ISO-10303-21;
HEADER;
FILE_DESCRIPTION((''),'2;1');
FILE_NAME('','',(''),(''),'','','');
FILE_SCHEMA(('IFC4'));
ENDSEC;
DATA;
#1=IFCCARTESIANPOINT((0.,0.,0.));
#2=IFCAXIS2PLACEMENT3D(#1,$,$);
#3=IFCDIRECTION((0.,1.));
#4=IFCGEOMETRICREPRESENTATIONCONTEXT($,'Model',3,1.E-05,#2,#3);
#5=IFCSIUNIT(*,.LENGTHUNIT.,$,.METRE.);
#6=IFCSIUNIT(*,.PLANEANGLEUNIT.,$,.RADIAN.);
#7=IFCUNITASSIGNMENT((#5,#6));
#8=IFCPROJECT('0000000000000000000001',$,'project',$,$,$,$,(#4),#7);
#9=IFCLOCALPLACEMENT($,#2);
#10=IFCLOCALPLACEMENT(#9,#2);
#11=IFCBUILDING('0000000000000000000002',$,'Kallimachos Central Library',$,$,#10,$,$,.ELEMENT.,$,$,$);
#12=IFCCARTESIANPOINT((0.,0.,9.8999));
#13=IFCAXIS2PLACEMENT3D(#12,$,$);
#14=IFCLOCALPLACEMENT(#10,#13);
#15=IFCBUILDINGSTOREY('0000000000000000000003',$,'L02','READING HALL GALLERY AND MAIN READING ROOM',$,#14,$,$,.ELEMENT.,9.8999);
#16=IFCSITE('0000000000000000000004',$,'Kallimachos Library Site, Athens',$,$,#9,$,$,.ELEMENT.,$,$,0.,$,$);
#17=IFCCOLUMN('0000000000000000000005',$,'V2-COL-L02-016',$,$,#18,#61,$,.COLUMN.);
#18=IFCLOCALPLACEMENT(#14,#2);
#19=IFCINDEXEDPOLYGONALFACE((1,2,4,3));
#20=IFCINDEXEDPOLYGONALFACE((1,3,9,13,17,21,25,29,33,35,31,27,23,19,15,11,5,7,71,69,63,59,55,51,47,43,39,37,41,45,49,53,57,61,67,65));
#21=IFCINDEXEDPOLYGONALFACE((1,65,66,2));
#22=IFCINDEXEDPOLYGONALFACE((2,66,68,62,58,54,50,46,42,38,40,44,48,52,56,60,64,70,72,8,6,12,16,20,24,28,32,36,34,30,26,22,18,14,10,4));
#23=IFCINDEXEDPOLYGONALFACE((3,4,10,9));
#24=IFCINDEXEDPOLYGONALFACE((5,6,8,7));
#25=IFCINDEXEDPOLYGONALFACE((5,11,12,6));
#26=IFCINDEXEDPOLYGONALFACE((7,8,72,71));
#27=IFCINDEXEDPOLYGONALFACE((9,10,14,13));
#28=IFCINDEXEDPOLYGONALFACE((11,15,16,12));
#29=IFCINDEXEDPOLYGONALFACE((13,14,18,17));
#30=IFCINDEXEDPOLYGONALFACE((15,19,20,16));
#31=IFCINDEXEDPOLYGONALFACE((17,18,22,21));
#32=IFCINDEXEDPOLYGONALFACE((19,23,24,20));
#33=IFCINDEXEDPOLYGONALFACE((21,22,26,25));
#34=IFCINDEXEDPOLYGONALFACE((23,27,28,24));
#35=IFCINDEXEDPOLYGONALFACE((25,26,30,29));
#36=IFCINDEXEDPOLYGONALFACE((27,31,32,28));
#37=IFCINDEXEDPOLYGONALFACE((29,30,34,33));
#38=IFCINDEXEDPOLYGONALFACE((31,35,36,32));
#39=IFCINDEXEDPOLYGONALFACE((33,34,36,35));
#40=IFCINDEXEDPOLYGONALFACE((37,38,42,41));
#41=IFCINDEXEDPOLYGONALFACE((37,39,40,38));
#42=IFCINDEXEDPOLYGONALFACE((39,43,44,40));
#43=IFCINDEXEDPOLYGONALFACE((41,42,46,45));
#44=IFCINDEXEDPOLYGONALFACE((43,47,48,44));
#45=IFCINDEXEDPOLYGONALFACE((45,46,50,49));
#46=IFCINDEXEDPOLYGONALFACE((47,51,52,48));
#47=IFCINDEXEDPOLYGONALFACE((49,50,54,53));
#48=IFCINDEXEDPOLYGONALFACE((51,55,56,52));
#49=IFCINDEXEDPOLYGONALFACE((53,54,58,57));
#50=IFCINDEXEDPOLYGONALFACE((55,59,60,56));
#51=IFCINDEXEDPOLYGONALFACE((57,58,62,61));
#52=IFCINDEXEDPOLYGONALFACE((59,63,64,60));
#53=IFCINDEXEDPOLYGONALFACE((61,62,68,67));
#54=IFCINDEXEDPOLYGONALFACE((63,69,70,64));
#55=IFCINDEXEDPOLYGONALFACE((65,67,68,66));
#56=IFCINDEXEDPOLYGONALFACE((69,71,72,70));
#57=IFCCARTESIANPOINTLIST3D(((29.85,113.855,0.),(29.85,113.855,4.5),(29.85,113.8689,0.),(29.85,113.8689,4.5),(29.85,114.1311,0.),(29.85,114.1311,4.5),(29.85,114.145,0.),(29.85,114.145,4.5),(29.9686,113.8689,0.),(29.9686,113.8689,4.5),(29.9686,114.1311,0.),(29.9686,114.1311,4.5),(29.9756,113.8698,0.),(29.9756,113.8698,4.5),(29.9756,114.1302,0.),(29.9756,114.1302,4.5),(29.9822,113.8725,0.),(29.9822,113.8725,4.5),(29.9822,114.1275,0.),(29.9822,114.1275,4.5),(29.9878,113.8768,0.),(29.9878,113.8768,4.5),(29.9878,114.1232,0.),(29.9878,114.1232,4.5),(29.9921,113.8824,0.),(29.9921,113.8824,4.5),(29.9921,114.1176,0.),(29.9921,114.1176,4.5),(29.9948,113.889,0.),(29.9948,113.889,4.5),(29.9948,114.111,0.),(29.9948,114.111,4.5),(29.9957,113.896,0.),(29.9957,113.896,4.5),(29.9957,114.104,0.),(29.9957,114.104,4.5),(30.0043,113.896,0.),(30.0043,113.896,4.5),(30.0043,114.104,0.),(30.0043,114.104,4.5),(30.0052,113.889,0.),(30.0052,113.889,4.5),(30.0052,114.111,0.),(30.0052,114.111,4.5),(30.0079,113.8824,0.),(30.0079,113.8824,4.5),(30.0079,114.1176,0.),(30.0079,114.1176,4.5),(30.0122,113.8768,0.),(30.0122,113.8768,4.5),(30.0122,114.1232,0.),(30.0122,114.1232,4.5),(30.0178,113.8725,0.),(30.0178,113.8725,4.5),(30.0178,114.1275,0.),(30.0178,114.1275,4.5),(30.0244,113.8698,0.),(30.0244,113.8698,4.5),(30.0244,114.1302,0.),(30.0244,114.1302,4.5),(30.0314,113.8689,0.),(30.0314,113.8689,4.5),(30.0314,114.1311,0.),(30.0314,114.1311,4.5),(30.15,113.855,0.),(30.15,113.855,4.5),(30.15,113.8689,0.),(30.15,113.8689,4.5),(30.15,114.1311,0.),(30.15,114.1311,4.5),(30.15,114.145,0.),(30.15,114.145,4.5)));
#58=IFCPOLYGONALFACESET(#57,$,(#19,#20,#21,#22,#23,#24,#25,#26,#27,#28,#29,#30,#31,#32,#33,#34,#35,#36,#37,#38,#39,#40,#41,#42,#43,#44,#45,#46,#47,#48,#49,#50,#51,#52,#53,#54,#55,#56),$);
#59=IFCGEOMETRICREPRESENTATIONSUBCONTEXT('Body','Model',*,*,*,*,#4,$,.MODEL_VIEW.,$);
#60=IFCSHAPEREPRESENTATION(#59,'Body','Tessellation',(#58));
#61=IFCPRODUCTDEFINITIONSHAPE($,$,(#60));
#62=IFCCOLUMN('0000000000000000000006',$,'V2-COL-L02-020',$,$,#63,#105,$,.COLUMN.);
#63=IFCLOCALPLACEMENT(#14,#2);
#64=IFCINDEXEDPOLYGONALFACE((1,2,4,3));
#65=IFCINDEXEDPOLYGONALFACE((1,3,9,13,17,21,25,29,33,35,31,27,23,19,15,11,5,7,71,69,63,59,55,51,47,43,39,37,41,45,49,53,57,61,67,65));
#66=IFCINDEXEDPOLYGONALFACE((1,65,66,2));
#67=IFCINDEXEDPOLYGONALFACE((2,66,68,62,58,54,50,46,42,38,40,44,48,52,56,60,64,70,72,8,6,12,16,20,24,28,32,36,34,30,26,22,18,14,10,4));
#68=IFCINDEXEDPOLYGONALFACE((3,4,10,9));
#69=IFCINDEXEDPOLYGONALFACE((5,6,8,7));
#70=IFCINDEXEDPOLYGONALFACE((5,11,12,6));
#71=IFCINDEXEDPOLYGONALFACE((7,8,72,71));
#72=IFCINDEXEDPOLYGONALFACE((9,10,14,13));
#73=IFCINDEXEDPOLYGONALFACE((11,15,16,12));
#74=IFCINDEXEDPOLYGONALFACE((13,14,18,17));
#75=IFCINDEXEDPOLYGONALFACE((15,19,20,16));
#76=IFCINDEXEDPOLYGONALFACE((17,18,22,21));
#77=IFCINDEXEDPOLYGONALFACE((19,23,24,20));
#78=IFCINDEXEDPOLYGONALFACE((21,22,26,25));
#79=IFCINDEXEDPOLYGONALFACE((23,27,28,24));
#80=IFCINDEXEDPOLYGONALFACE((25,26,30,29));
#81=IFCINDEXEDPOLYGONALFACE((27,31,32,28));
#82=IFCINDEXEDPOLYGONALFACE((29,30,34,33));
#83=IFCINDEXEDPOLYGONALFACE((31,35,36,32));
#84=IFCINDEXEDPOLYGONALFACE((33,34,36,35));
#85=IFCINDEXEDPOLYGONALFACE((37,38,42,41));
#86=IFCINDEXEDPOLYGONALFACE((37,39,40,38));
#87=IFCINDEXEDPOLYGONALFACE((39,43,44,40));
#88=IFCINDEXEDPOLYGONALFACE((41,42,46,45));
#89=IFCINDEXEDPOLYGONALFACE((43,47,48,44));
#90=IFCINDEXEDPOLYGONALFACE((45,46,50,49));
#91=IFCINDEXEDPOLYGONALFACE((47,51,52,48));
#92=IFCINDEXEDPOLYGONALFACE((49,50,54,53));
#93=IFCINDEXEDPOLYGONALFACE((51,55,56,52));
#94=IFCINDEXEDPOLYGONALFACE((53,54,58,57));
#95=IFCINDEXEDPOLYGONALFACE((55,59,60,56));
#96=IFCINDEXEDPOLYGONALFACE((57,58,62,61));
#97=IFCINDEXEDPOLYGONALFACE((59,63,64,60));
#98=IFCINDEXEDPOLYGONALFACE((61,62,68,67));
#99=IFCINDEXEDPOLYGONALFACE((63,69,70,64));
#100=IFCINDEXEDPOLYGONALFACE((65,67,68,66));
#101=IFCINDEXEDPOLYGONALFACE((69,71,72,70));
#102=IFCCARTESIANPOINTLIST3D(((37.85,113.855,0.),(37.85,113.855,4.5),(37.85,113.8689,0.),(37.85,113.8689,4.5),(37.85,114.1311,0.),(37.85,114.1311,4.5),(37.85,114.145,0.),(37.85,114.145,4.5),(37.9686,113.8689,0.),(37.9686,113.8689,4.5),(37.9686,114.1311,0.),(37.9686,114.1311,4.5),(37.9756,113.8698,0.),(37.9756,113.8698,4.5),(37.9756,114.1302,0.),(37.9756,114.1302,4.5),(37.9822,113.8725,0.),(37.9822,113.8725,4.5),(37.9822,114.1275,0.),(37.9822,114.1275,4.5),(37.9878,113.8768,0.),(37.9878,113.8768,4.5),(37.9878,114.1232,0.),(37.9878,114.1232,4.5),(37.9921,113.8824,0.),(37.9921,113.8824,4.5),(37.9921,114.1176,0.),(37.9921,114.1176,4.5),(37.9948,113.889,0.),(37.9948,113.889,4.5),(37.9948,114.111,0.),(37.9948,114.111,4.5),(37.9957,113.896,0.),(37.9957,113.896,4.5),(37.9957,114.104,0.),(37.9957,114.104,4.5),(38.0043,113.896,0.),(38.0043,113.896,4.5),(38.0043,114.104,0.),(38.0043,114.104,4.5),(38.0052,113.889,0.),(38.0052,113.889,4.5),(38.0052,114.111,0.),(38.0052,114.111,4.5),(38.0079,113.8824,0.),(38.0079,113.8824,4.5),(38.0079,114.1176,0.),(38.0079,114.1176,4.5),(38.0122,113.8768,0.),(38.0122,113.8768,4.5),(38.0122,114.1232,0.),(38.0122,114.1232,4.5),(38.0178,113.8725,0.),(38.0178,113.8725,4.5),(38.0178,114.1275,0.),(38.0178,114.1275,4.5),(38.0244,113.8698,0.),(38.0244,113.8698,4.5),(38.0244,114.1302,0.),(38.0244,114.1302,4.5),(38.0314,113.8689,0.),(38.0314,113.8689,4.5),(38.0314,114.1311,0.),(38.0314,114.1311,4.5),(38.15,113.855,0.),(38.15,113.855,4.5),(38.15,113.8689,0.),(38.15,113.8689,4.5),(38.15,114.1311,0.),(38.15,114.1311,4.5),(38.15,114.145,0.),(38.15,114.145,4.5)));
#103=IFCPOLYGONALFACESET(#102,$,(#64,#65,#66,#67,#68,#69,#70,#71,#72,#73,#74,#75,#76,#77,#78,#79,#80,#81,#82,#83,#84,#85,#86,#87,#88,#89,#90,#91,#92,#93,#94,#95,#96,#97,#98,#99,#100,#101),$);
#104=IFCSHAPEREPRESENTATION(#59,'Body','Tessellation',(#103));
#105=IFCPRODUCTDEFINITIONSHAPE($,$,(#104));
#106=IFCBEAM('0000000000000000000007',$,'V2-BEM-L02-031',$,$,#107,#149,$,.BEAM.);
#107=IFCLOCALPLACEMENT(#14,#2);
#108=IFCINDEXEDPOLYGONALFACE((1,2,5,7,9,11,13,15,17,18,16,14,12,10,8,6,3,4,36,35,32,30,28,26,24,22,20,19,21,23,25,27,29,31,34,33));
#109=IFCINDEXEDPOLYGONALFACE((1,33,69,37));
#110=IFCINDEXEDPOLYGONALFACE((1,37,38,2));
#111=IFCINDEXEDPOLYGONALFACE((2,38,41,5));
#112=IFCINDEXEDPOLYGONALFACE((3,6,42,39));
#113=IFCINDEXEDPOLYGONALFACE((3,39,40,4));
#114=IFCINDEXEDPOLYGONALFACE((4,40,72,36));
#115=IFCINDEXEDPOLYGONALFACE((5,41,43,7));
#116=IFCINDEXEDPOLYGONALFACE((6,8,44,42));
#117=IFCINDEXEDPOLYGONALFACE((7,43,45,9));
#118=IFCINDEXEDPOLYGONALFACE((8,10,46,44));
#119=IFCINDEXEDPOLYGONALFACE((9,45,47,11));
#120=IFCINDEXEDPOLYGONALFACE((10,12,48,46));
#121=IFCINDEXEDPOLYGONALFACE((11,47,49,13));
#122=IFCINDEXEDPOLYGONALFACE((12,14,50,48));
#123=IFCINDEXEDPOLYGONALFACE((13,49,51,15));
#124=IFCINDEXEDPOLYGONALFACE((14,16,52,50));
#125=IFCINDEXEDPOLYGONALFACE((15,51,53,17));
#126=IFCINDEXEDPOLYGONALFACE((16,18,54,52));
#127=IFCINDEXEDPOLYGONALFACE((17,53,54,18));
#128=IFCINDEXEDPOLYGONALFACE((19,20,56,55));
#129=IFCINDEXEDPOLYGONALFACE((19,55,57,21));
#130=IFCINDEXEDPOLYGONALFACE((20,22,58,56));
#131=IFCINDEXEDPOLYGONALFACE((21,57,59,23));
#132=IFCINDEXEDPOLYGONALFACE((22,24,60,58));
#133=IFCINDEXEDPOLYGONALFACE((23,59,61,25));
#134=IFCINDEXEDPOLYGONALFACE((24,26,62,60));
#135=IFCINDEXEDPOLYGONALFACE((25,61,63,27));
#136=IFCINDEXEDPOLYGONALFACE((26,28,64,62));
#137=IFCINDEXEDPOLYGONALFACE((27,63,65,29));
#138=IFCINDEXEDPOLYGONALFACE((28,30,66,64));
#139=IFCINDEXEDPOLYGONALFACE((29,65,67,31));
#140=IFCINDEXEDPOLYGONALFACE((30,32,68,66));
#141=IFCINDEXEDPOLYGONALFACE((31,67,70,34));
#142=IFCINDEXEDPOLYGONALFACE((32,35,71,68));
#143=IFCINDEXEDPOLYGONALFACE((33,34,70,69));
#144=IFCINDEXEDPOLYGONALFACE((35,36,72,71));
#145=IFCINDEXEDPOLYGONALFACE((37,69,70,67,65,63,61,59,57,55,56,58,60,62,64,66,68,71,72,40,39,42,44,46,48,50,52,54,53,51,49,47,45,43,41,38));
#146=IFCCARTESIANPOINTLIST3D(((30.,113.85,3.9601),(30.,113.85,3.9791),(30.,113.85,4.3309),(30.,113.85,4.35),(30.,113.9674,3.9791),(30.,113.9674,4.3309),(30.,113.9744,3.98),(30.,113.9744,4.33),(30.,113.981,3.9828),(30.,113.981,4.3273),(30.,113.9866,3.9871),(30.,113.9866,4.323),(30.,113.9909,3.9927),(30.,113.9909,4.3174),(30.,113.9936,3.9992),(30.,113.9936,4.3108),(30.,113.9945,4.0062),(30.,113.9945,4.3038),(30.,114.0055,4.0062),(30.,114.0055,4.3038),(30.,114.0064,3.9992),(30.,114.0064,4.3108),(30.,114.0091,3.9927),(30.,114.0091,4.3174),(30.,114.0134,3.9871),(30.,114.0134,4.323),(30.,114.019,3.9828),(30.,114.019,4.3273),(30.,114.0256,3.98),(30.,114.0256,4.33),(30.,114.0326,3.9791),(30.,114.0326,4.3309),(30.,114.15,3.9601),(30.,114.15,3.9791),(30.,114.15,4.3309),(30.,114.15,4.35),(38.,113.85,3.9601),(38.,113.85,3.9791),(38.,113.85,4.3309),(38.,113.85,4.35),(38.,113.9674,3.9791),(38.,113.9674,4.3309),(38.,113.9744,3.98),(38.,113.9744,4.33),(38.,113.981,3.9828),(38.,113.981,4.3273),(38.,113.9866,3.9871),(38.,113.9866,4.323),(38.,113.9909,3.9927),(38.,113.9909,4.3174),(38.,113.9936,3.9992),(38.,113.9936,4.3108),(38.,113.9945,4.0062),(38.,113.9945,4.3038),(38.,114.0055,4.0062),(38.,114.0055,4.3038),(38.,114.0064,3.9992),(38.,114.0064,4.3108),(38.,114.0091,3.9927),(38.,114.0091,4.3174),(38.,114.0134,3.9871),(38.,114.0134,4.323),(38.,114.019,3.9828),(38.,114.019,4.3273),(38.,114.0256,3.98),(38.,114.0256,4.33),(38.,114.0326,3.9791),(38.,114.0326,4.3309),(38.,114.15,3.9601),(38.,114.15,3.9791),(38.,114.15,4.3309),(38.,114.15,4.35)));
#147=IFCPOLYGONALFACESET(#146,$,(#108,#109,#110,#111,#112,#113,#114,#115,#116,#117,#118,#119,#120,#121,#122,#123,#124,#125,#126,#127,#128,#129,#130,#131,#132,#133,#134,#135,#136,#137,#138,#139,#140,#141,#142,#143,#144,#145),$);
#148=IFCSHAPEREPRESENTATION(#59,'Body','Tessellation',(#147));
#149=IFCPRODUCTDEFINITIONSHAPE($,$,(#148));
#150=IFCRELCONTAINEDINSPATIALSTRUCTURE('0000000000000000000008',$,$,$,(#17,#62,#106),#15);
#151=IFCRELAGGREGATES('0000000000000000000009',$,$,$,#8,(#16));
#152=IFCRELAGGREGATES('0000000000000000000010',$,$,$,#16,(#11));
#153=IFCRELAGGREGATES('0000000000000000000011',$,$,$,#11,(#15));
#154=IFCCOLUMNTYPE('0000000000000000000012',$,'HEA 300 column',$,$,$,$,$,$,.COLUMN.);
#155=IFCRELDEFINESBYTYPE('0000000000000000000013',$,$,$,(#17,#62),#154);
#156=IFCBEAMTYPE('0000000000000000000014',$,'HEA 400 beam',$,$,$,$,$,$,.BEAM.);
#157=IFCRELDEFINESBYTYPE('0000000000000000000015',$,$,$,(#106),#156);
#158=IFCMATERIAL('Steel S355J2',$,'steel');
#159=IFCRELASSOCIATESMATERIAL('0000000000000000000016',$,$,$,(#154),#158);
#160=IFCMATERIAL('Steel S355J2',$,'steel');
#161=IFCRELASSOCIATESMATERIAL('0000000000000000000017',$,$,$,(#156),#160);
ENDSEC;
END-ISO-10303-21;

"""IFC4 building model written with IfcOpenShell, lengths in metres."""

from ifc_helpers import new_model, si_unit, direction, frame, origin, origin_2d, place, context, subcontext, project, spatial, i_section, extrude, material, material_profile, profile_set, type_object, element, save


model = new_model("IFC4")

# Units and contexts
model_context = context("Model", 3, precision=1e-05, world=origin(), true_north=direction((0.0, 1.0)))
body_context = subcontext(model_context, "Body", "Model", "MODEL_VIEW")
ifc_project = project(units=[si_unit("LENGTHUNIT", "METRE"), si_unit("PLANEANGLEUNIT", "RADIAN")], contexts=[model_context])

# Site, building, storey
site_placement = place(None, origin())
site = spatial("IfcSite", under=ifc_project, at=site_placement, Name="Kallimachos Library Site, Athens", CompositionType="ELEMENT", RefElevation=0.0)
building_placement = place(site_placement, origin())
building = spatial("IfcBuilding", under=site, at=building_placement, Name="Kallimachos Central Library", CompositionType="ELEMENT")
storey_placement = place(building_placement, frame((0.0, 0.0, 9.8999)))
storey = spatial("IfcBuildingStorey", under=building, at=storey_placement, Name="L02", Description="READING HALL GALLERY AND MAIN READING ROOM", CompositionType="ELEMENT", Elevation=9.8999)

# Columns
ifc_material_1 = material(Name="Steel S355J2", Category="steel")
ifc_material_profile_1 = material_profile(ifc_material_1, i_section(OverallWidth=0.3, OverallDepth=0.29, WebThickness=0.0085, FlangeThickness=0.0139, FilletRadius=0.0271, at=origin_2d()), Name="HEA 300")
ifc_profile_set_1 = profile_set([ifc_material_profile_1], Name="Steel S355J2")
column_type = type_object("IfcColumnType", Name="HEA 300 column", PredefinedType="COLUMN", material=ifc_profile_set_1)
for number, where, z_axis, x_axis, name in (
    (1, (30.0, 114.0, 0.0), (0.0, 0.0, 1.0), (1.0, 0.0, 0.0), "V2-COL-L02-016"),
    (2, (38.0, 114.0, 0.0), (0.0, 0.0, 1.0), (1.0, 0.0, 0.0), "V2-COL-L02-020"),
):
    element("IfcColumn", number, at=place(storey_placement, frame(where, z_axis=z_axis, x_axis=x_axis)), inside=storey, type_object=column_type, Name=name, PredefinedType="COLUMN", context=body_context, shape_type="SweptSolid", body=[
        extrude(i_section(OverallWidth=0.3, OverallDepth=0.29, WebThickness=0.0085, FlangeThickness=0.0139, FilletRadius=0.0271, at=origin_2d()), origin(), (0.0, 0.0, 1.0), 4.5),
    ])

# Beam
ifc_material_2 = material(Name="Steel S355J2", Category="steel")
ifc_material_profile_2 = material_profile(ifc_material_2, i_section(OverallWidth=0.3, OverallDepth=0.3899, WebThickness=0.011, FlangeThickness=0.019, FilletRadius=0.0271, at=origin_2d()), Name="HEA 400")
ifc_profile_set_2 = profile_set([ifc_material_profile_2], Name="Steel S355J2")
beam_type = type_object("IfcBeamType", Name="HEA 400 beam", PredefinedType="BEAM", material=ifc_profile_set_2)
beam_placement = place(storey_placement, frame((30.0, 114.0, 4.155), z_axis=(1.0, 0.0, 0.0), x_axis=(0.0, 1.0, 0.0)))
element("IfcBeam", 3, at=beam_placement, inside=storey, type_object=beam_type, Name="V2-BEM-L02-031", PredefinedType="BEAM", context=body_context, shape_type="SweptSolid", body=[
    extrude(i_section(OverallWidth=0.3, OverallDepth=0.3899, WebThickness=0.011, FlangeThickness=0.019, FilletRadius=0.0271, at=origin_2d()), origin(), (0.0, 0.0, 1.0), 8.0),
])

save(model, "model.ifc")
